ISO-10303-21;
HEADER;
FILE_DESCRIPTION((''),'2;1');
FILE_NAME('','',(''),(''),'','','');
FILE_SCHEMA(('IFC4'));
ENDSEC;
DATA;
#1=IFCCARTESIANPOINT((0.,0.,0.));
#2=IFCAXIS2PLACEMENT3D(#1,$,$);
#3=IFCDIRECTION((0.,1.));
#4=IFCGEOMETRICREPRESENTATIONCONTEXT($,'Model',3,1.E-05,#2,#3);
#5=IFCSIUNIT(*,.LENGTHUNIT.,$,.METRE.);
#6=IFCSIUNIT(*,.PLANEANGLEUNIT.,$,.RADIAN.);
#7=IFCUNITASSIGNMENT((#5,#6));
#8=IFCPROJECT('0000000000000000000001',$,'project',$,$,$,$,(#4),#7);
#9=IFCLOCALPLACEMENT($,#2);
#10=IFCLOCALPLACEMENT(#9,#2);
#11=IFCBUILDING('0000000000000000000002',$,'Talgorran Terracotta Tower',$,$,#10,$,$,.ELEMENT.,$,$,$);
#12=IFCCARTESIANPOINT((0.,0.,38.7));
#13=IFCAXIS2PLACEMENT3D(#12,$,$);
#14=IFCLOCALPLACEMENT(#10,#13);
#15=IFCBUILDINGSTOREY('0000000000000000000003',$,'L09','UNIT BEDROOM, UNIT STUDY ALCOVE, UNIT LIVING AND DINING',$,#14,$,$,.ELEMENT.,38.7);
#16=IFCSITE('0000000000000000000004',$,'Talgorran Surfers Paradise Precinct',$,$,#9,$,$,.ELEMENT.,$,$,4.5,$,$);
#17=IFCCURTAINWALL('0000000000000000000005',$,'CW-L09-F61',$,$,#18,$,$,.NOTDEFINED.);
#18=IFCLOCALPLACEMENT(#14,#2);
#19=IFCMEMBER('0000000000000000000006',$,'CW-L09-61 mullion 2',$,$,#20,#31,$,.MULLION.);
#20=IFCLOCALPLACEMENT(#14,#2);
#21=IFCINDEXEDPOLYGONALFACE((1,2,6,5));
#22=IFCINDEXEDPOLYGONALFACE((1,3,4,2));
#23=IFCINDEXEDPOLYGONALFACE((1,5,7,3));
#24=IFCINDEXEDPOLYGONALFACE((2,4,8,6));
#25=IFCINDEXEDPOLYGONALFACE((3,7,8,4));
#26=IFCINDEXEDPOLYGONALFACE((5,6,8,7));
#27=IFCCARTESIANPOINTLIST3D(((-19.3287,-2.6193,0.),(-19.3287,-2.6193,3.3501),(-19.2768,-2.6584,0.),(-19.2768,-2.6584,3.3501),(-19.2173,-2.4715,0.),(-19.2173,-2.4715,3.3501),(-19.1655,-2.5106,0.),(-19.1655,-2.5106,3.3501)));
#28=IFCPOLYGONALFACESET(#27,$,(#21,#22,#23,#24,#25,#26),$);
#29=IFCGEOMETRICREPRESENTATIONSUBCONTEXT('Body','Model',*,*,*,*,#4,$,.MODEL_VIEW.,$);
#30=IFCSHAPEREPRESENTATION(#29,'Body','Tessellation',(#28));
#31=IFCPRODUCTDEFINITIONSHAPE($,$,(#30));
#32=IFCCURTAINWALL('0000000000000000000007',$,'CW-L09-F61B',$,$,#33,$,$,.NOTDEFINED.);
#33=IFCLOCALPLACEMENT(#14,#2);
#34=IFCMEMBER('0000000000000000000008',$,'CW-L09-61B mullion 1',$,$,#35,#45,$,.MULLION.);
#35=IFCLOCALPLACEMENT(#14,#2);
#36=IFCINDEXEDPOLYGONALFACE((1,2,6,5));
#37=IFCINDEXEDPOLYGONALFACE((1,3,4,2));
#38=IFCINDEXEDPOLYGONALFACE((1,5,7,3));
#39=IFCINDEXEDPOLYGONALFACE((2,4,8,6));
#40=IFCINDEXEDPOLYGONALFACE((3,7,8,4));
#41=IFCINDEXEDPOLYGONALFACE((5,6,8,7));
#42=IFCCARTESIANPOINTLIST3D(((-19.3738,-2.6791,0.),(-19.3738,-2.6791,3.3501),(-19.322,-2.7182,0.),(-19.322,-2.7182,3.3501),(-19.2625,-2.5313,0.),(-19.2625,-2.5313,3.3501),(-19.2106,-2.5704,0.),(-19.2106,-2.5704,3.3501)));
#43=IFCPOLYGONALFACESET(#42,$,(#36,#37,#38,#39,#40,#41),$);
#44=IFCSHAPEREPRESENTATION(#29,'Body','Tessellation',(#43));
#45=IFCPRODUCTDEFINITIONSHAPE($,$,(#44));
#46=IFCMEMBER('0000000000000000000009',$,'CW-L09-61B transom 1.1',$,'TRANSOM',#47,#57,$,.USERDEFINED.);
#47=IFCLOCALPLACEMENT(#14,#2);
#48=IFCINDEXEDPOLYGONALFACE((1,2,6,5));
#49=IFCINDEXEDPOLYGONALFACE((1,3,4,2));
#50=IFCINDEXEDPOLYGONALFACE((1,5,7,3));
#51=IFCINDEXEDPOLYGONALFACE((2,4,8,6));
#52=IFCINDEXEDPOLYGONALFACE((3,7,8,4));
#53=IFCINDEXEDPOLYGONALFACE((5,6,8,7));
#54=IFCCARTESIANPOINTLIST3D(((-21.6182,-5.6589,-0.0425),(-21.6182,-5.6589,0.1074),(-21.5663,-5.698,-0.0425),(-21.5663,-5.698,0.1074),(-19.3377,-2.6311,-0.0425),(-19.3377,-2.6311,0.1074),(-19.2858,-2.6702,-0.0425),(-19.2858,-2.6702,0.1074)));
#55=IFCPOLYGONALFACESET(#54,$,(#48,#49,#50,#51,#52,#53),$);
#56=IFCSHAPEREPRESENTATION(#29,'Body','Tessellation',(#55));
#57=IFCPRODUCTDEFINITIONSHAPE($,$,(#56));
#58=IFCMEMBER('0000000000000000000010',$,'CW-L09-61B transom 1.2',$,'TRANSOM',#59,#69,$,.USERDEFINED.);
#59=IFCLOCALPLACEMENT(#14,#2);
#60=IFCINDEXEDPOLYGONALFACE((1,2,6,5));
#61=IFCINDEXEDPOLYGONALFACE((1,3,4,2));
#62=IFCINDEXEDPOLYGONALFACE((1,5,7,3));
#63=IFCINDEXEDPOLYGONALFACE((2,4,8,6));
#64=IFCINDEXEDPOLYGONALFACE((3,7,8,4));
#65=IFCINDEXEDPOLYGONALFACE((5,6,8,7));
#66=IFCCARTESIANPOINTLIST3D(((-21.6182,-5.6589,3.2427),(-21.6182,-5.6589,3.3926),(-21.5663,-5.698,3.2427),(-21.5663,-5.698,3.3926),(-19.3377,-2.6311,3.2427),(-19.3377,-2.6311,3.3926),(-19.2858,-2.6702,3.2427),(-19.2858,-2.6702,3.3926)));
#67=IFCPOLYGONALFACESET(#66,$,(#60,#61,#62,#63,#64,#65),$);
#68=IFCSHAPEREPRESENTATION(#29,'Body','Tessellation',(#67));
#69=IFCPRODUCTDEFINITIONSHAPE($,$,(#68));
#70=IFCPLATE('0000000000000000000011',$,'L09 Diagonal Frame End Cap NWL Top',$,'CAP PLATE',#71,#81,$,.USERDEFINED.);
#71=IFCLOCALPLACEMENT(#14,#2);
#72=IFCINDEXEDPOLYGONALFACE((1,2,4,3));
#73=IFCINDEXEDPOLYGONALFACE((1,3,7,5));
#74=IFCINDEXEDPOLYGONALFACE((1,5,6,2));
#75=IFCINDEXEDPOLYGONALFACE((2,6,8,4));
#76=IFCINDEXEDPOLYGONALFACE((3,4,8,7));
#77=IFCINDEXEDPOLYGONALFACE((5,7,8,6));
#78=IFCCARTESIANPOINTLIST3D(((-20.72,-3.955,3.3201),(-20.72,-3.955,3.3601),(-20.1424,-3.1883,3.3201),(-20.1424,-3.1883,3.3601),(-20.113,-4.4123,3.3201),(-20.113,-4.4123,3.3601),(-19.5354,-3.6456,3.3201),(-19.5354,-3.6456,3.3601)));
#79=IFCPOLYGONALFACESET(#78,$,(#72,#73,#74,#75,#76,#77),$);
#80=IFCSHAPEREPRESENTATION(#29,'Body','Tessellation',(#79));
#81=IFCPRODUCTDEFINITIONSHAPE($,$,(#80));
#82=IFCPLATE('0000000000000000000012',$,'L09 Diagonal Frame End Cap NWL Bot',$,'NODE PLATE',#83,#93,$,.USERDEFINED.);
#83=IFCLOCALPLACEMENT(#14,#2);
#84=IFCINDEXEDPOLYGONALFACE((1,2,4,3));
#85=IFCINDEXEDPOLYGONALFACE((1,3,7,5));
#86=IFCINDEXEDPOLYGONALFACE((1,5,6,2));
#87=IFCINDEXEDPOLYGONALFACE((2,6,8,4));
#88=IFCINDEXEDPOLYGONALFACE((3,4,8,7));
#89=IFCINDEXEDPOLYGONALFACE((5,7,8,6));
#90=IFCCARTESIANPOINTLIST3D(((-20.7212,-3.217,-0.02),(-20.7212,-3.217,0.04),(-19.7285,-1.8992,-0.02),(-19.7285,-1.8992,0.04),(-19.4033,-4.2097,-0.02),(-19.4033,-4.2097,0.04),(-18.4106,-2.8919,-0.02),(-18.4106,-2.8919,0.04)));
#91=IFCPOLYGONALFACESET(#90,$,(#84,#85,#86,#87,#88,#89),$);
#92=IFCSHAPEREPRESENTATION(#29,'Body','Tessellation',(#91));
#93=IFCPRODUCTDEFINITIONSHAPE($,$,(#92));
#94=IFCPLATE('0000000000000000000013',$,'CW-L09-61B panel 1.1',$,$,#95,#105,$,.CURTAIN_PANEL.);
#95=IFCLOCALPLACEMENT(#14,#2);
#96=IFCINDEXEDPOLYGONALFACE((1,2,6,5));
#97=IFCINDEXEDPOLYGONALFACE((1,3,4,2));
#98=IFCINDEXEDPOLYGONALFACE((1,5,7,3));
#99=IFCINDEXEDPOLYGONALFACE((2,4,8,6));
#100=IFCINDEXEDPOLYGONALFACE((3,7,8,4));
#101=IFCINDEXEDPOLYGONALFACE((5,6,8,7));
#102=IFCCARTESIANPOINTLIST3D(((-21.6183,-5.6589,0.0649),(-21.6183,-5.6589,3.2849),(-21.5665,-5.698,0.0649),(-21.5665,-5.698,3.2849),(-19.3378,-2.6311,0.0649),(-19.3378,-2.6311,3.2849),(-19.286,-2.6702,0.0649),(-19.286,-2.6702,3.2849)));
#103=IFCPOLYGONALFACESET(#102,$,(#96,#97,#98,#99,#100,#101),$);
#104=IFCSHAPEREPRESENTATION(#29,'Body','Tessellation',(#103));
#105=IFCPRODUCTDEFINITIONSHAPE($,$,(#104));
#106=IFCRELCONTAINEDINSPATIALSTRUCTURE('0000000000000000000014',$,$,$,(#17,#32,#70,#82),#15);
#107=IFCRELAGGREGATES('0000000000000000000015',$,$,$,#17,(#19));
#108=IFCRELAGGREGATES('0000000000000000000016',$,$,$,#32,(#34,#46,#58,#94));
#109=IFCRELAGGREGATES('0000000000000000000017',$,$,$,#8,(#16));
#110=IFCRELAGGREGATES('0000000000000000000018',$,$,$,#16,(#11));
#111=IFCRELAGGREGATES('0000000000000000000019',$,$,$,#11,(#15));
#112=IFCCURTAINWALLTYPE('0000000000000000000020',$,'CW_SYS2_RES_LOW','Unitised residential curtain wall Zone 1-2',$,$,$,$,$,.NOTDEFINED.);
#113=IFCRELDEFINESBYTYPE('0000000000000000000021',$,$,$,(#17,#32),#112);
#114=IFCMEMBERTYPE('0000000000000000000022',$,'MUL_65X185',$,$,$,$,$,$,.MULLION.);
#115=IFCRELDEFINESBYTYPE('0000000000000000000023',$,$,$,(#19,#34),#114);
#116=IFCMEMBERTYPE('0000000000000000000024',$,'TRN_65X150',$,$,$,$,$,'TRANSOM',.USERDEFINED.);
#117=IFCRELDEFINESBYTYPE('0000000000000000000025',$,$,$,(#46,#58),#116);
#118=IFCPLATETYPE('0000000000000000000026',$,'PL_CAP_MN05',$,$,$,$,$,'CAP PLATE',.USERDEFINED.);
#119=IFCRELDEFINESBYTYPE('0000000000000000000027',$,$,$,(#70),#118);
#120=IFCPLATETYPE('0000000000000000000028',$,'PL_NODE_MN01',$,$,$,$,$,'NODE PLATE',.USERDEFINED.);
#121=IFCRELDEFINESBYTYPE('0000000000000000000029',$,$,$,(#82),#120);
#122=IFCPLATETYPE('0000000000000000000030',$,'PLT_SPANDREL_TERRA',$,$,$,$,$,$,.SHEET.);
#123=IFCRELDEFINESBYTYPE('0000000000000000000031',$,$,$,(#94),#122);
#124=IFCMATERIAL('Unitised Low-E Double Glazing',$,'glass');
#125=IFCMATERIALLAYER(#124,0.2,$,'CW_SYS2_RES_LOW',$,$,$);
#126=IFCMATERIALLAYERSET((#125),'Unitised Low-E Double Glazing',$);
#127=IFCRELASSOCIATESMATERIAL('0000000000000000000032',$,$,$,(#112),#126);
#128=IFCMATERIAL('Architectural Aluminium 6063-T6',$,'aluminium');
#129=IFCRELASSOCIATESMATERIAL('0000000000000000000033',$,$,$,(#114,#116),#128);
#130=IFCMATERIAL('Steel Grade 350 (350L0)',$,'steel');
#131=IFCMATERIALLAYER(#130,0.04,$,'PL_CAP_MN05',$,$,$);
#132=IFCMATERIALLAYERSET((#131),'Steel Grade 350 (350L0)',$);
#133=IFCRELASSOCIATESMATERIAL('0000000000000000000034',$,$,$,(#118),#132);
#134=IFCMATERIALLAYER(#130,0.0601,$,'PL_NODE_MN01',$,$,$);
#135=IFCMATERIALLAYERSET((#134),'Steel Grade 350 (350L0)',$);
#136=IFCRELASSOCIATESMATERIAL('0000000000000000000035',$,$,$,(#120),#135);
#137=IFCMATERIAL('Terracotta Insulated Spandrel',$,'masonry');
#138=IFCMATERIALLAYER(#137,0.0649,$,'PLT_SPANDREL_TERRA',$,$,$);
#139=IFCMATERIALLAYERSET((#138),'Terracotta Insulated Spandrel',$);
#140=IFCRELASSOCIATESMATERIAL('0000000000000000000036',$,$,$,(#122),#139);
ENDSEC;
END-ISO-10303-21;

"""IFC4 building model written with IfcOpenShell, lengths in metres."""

from ifc_helpers import new_model, si_unit, direction, frame, origin, origin_2d, place, context, subcontext, project, spatial, rectangle, extrude, source, transform, mapped, material, layer, layer_set, material_profile, profile_set, type_object, type_shapes, element, aggregate, save


model = new_model("IFC4")

# Units and contexts
model_context = context("Model", 3, precision=1e-05, world=origin(), true_north=direction((0.0, 1.0)))
body_context = subcontext(model_context, "Body", "Model", "MODEL_VIEW")
ifc_project = project(units=[si_unit("LENGTHUNIT", "METRE"), si_unit("PLANEANGLEUNIT", "RADIAN")], contexts=[model_context])

# Site, building, storey
site_placement = place(None, origin())
site = spatial("IfcSite", under=ifc_project, at=site_placement, Name="Talgorran Surfers Paradise Precinct", CompositionType="ELEMENT", RefElevation=4.5)
building_placement = place(site_placement, origin())
building = spatial("IfcBuilding", under=site, at=building_placement, Name="Talgorran Terracotta Tower", CompositionType="ELEMENT")
storey_placement = place(building_placement, frame((0.0, 0.0, 38.7)))
storey = spatial("IfcBuildingStorey", under=building, at=storey_placement, Name="L09", Description="UNIT BEDROOM, UNIT STUDY ALCOVE, UNIT LIVING AND DINING", CompositionType="ELEMENT", Elevation=38.7)

# Shared definitions
ifc_material_1 = material(Name="Steel Grade 350 (350L0)", Category="steel")

# Curtain wall, member
ifc_material_2 = material(Name="Unitised Low-E Double Glazing", Category="glass")
ifc_layer_1 = layer(ifc_material_2, 0.2, Name="CW_SYS2_RES_LOW")
ifc_layer_set_1 = layer_set([ifc_layer_1], Name="Unitised Low-E Double Glazing")
curtain_wall_type = type_object("IfcCurtainWallType", Name="CW_SYS2_RES_LOW", Description="Unitised residential curtain wall Zone 1-2", PredefinedType="NOTDEFINED", material=ifc_layer_set_1)
curtain_wall_1_placement = place(storey_placement, origin())
curtain_wall_1 = element("IfcCurtainWall", 1, at=curtain_wall_1_placement, inside=storey, type_object=curtain_wall_type, Name="CW-L09-F61", PredefinedType="NOTDEFINED")
ifc_material_3 = material(Name="Architectural Aluminium 6063-T6", Category="aluminium")
ifc_material_profile_1 = material_profile(ifc_material_3, rectangle(XDim=0.0649, YDim=0.1851, at=origin_2d()), Name="CWM65X185")
ifc_profile_set_1 = profile_set([ifc_material_profile_1], Name="Architectural Aluminium 6063-T6")
member_type_1 = type_object("IfcMemberType", Name="MUL_65X185", PredefinedType="MULLION", material=ifc_profile_set_1)
member_1_placement = place(storey_placement, frame((-19.2471, -2.5649, 0.0), z_axis=(0.0, 0.0, 1.0), x_axis=(0.798776, -0.601629, 0.0)))
member_1 = element("IfcMember", 2, at=member_1_placement, type_object=member_type_1, Name="CW-L09-61 mullion 2", PredefinedType="MULLION", context=body_context, shape_type="SweptSolid", body=[
    extrude(rectangle(XDim=0.0649, YDim=0.1851, at=origin_2d()), origin(), (0.0, 0.0, 1.0), 3.3501),
])
aggregate(curtain_wall_1, [member_1])

# Curtain wall, members
curtain_wall_2_placement = place(storey_placement, origin())
curtain_wall_2 = element("IfcCurtainWall", 3, at=curtain_wall_2_placement, inside=storey, type_object=curtain_wall_type, Name="CW-L09-F61B", PredefinedType="NOTDEFINED")
member_2_placement = place(storey_placement, frame((-19.2922, -2.6248, 0.0), z_axis=(0.0, 0.0, 1.0), x_axis=(0.798774, -0.601631, 0.0)))
member_2 = element("IfcMember", 4, at=member_2_placement, type_object=member_type_1, Name="CW-L09-61B mullion 1", PredefinedType="MULLION", context=body_context, shape_type="SweptSolid", body=[
    extrude(rectangle(XDim=0.0649, YDim=0.1851, at=origin_2d()), origin(), (0.0, 0.0, 1.0), 3.3501),
])
ifc_material_profile_2 = material_profile(ifc_material_3, rectangle(XDim=0.0649, YDim=0.1499, at=origin_2d()), Name="CWT65X150")
ifc_profile_set_2 = profile_set([ifc_material_profile_2], Name="Architectural Aluminium 6063-T6")
member_type_2 = type_object("IfcMemberType", Name="TRN_65X150", ElementType="TRANSOM", PredefinedType="USERDEFINED", material=ifc_profile_set_2)
member_3_placement = place(storey_placement, frame((-19.3118, -2.6506, 0.0325), z_axis=(-0.601627, -0.798777, 0.0), x_axis=(0.798777, -0.601627, 0.0)))
member_3 = element("IfcMember", 5, at=member_3_placement, type_object=member_type_2, Name="CW-L09-61B transom 1.1", ObjectType="TRANSOM", PredefinedType="USERDEFINED", context=body_context, shape_type="SweptSolid", body=[
    extrude(rectangle(XDim=0.0649, YDim=0.1499, at=origin_2d()), origin(), (0.0, 0.0, 1.0), 3.7905),
])
member_4_placement = place(storey_placement, frame((-19.3118, -2.6506, 3.3176), z_axis=(-0.601627, -0.798777, 0.0), x_axis=(0.798777, -0.601627, 0.0)))
member_4 = element("IfcMember", 6, at=member_4_placement, type_object=member_type_2, Name="CW-L09-61B transom 1.2", ObjectType="TRANSOM", PredefinedType="USERDEFINED", context=body_context, shape_type="SweptSolid", body=[
    extrude(rectangle(XDim=0.0649, YDim=0.1499, at=origin_2d()), origin(), (0.0, 0.0, 1.0), 3.7905),
])

# Plates
ifc_layer_2 = layer(ifc_material_1, 0.04, Name="PL_CAP_MN05")
ifc_layer_set_2 = layer_set([ifc_layer_2], Name="Steel Grade 350 (350L0)")
plate_type_1 = type_object("IfcPlateType", Name="PL_CAP_MN05", ElementType="CAP PLATE", PredefinedType="USERDEFINED", material=ifc_layer_set_2)
plate_1_placement = place(storey_placement, frame((-20.1277, -3.8003, 3.3201), z_axis=(0.0, 0.0, 1.0), x_axis=(-0.601676, -0.798741, 0.0)))
element("IfcPlate", 7, at=plate_1_placement, inside=storey, type_object=plate_type_1, Name="L09 Diagonal Frame End Cap NWL Top", ObjectType="CAP PLATE", PredefinedType="USERDEFINED", context=body_context, shape_type="SweptSolid", body=[
    extrude(rectangle(XDim=0.96, YDim=0.76, at=origin_2d()), origin(), (0.0, 0.0, 1.0), 0.04),
])
ifc_layer_3 = layer(ifc_material_1, 0.0601, Name="PL_NODE_MN01")
ifc_layer_set_3 = layer_set([ifc_layer_3], Name="Steel Grade 350 (350L0)")
plate_type_2 = type_object("IfcPlateType", Name="PL_NODE_MN01", ElementType="NODE PLATE", PredefinedType="USERDEFINED", material=ifc_layer_set_3)
plate_2_placement = place(storey_placement, frame((-19.5659, -3.0544, -0.02), z_axis=(0.0, 0.0, 1.0), x_axis=(-0.601676, -0.798741, 0.0)))
element("IfcPlate", 8, at=plate_2_placement, inside=storey, type_object=plate_type_2, Name="L09 Diagonal Frame End Cap NWL Bot", ObjectType="NODE PLATE", PredefinedType="USERDEFINED", context=body_context, shape_type="SweptSolid", body=[
    extrude(rectangle(XDim=1.6499, YDim=1.6499, at=origin_2d()), origin(), (0.0, 0.0, 1.0), 0.0601),
])

# Plate
ifc_material_4 = material(Name="Terracotta Insulated Spandrel", Category="masonry")
ifc_layer_4 = layer(ifc_material_4, 0.0649, Name="PLT_SPANDREL_TERRA")
ifc_layer_set_4 = layer_set([ifc_layer_4], Name="Terracotta Insulated Spandrel")
plate_type_3 = type_object("IfcPlateType", Name="PLT_SPANDREL_TERRA", PredefinedType="SHEET", material=ifc_layer_set_4)
shared_shape = source(origin(), body_context, "Body", "SweptSolid", [
    extrude(rectangle(XDim=3.7905, YDim=0.0649, at=origin_2d()), origin(), (0.0, 0.0, 1.0), 3.22),
])
type_shapes(plate_type_3, [shared_shape])
plate_3_placement = place(storey_placement, frame((-20.4521, -4.1646, 0.0649), z_axis=(0.0, 0.0, 1.0), x_axis=(-0.601631, -0.798774, 0.0)))
plate_3 = element("IfcPlate", 9, at=plate_3_placement, type_object=plate_type_3, Name="CW-L09-61B panel 1.1", PredefinedType="CURTAIN_PANEL", context=body_context, shape_type="MappedRepresentation", body=[
    mapped(shared_shape, transform((0.0, 0.0, 0.0), scale=1.0)),
])
aggregate(curtain_wall_2, [member_2, member_3, member_4, plate_3])

save(model, "model.ifc")
